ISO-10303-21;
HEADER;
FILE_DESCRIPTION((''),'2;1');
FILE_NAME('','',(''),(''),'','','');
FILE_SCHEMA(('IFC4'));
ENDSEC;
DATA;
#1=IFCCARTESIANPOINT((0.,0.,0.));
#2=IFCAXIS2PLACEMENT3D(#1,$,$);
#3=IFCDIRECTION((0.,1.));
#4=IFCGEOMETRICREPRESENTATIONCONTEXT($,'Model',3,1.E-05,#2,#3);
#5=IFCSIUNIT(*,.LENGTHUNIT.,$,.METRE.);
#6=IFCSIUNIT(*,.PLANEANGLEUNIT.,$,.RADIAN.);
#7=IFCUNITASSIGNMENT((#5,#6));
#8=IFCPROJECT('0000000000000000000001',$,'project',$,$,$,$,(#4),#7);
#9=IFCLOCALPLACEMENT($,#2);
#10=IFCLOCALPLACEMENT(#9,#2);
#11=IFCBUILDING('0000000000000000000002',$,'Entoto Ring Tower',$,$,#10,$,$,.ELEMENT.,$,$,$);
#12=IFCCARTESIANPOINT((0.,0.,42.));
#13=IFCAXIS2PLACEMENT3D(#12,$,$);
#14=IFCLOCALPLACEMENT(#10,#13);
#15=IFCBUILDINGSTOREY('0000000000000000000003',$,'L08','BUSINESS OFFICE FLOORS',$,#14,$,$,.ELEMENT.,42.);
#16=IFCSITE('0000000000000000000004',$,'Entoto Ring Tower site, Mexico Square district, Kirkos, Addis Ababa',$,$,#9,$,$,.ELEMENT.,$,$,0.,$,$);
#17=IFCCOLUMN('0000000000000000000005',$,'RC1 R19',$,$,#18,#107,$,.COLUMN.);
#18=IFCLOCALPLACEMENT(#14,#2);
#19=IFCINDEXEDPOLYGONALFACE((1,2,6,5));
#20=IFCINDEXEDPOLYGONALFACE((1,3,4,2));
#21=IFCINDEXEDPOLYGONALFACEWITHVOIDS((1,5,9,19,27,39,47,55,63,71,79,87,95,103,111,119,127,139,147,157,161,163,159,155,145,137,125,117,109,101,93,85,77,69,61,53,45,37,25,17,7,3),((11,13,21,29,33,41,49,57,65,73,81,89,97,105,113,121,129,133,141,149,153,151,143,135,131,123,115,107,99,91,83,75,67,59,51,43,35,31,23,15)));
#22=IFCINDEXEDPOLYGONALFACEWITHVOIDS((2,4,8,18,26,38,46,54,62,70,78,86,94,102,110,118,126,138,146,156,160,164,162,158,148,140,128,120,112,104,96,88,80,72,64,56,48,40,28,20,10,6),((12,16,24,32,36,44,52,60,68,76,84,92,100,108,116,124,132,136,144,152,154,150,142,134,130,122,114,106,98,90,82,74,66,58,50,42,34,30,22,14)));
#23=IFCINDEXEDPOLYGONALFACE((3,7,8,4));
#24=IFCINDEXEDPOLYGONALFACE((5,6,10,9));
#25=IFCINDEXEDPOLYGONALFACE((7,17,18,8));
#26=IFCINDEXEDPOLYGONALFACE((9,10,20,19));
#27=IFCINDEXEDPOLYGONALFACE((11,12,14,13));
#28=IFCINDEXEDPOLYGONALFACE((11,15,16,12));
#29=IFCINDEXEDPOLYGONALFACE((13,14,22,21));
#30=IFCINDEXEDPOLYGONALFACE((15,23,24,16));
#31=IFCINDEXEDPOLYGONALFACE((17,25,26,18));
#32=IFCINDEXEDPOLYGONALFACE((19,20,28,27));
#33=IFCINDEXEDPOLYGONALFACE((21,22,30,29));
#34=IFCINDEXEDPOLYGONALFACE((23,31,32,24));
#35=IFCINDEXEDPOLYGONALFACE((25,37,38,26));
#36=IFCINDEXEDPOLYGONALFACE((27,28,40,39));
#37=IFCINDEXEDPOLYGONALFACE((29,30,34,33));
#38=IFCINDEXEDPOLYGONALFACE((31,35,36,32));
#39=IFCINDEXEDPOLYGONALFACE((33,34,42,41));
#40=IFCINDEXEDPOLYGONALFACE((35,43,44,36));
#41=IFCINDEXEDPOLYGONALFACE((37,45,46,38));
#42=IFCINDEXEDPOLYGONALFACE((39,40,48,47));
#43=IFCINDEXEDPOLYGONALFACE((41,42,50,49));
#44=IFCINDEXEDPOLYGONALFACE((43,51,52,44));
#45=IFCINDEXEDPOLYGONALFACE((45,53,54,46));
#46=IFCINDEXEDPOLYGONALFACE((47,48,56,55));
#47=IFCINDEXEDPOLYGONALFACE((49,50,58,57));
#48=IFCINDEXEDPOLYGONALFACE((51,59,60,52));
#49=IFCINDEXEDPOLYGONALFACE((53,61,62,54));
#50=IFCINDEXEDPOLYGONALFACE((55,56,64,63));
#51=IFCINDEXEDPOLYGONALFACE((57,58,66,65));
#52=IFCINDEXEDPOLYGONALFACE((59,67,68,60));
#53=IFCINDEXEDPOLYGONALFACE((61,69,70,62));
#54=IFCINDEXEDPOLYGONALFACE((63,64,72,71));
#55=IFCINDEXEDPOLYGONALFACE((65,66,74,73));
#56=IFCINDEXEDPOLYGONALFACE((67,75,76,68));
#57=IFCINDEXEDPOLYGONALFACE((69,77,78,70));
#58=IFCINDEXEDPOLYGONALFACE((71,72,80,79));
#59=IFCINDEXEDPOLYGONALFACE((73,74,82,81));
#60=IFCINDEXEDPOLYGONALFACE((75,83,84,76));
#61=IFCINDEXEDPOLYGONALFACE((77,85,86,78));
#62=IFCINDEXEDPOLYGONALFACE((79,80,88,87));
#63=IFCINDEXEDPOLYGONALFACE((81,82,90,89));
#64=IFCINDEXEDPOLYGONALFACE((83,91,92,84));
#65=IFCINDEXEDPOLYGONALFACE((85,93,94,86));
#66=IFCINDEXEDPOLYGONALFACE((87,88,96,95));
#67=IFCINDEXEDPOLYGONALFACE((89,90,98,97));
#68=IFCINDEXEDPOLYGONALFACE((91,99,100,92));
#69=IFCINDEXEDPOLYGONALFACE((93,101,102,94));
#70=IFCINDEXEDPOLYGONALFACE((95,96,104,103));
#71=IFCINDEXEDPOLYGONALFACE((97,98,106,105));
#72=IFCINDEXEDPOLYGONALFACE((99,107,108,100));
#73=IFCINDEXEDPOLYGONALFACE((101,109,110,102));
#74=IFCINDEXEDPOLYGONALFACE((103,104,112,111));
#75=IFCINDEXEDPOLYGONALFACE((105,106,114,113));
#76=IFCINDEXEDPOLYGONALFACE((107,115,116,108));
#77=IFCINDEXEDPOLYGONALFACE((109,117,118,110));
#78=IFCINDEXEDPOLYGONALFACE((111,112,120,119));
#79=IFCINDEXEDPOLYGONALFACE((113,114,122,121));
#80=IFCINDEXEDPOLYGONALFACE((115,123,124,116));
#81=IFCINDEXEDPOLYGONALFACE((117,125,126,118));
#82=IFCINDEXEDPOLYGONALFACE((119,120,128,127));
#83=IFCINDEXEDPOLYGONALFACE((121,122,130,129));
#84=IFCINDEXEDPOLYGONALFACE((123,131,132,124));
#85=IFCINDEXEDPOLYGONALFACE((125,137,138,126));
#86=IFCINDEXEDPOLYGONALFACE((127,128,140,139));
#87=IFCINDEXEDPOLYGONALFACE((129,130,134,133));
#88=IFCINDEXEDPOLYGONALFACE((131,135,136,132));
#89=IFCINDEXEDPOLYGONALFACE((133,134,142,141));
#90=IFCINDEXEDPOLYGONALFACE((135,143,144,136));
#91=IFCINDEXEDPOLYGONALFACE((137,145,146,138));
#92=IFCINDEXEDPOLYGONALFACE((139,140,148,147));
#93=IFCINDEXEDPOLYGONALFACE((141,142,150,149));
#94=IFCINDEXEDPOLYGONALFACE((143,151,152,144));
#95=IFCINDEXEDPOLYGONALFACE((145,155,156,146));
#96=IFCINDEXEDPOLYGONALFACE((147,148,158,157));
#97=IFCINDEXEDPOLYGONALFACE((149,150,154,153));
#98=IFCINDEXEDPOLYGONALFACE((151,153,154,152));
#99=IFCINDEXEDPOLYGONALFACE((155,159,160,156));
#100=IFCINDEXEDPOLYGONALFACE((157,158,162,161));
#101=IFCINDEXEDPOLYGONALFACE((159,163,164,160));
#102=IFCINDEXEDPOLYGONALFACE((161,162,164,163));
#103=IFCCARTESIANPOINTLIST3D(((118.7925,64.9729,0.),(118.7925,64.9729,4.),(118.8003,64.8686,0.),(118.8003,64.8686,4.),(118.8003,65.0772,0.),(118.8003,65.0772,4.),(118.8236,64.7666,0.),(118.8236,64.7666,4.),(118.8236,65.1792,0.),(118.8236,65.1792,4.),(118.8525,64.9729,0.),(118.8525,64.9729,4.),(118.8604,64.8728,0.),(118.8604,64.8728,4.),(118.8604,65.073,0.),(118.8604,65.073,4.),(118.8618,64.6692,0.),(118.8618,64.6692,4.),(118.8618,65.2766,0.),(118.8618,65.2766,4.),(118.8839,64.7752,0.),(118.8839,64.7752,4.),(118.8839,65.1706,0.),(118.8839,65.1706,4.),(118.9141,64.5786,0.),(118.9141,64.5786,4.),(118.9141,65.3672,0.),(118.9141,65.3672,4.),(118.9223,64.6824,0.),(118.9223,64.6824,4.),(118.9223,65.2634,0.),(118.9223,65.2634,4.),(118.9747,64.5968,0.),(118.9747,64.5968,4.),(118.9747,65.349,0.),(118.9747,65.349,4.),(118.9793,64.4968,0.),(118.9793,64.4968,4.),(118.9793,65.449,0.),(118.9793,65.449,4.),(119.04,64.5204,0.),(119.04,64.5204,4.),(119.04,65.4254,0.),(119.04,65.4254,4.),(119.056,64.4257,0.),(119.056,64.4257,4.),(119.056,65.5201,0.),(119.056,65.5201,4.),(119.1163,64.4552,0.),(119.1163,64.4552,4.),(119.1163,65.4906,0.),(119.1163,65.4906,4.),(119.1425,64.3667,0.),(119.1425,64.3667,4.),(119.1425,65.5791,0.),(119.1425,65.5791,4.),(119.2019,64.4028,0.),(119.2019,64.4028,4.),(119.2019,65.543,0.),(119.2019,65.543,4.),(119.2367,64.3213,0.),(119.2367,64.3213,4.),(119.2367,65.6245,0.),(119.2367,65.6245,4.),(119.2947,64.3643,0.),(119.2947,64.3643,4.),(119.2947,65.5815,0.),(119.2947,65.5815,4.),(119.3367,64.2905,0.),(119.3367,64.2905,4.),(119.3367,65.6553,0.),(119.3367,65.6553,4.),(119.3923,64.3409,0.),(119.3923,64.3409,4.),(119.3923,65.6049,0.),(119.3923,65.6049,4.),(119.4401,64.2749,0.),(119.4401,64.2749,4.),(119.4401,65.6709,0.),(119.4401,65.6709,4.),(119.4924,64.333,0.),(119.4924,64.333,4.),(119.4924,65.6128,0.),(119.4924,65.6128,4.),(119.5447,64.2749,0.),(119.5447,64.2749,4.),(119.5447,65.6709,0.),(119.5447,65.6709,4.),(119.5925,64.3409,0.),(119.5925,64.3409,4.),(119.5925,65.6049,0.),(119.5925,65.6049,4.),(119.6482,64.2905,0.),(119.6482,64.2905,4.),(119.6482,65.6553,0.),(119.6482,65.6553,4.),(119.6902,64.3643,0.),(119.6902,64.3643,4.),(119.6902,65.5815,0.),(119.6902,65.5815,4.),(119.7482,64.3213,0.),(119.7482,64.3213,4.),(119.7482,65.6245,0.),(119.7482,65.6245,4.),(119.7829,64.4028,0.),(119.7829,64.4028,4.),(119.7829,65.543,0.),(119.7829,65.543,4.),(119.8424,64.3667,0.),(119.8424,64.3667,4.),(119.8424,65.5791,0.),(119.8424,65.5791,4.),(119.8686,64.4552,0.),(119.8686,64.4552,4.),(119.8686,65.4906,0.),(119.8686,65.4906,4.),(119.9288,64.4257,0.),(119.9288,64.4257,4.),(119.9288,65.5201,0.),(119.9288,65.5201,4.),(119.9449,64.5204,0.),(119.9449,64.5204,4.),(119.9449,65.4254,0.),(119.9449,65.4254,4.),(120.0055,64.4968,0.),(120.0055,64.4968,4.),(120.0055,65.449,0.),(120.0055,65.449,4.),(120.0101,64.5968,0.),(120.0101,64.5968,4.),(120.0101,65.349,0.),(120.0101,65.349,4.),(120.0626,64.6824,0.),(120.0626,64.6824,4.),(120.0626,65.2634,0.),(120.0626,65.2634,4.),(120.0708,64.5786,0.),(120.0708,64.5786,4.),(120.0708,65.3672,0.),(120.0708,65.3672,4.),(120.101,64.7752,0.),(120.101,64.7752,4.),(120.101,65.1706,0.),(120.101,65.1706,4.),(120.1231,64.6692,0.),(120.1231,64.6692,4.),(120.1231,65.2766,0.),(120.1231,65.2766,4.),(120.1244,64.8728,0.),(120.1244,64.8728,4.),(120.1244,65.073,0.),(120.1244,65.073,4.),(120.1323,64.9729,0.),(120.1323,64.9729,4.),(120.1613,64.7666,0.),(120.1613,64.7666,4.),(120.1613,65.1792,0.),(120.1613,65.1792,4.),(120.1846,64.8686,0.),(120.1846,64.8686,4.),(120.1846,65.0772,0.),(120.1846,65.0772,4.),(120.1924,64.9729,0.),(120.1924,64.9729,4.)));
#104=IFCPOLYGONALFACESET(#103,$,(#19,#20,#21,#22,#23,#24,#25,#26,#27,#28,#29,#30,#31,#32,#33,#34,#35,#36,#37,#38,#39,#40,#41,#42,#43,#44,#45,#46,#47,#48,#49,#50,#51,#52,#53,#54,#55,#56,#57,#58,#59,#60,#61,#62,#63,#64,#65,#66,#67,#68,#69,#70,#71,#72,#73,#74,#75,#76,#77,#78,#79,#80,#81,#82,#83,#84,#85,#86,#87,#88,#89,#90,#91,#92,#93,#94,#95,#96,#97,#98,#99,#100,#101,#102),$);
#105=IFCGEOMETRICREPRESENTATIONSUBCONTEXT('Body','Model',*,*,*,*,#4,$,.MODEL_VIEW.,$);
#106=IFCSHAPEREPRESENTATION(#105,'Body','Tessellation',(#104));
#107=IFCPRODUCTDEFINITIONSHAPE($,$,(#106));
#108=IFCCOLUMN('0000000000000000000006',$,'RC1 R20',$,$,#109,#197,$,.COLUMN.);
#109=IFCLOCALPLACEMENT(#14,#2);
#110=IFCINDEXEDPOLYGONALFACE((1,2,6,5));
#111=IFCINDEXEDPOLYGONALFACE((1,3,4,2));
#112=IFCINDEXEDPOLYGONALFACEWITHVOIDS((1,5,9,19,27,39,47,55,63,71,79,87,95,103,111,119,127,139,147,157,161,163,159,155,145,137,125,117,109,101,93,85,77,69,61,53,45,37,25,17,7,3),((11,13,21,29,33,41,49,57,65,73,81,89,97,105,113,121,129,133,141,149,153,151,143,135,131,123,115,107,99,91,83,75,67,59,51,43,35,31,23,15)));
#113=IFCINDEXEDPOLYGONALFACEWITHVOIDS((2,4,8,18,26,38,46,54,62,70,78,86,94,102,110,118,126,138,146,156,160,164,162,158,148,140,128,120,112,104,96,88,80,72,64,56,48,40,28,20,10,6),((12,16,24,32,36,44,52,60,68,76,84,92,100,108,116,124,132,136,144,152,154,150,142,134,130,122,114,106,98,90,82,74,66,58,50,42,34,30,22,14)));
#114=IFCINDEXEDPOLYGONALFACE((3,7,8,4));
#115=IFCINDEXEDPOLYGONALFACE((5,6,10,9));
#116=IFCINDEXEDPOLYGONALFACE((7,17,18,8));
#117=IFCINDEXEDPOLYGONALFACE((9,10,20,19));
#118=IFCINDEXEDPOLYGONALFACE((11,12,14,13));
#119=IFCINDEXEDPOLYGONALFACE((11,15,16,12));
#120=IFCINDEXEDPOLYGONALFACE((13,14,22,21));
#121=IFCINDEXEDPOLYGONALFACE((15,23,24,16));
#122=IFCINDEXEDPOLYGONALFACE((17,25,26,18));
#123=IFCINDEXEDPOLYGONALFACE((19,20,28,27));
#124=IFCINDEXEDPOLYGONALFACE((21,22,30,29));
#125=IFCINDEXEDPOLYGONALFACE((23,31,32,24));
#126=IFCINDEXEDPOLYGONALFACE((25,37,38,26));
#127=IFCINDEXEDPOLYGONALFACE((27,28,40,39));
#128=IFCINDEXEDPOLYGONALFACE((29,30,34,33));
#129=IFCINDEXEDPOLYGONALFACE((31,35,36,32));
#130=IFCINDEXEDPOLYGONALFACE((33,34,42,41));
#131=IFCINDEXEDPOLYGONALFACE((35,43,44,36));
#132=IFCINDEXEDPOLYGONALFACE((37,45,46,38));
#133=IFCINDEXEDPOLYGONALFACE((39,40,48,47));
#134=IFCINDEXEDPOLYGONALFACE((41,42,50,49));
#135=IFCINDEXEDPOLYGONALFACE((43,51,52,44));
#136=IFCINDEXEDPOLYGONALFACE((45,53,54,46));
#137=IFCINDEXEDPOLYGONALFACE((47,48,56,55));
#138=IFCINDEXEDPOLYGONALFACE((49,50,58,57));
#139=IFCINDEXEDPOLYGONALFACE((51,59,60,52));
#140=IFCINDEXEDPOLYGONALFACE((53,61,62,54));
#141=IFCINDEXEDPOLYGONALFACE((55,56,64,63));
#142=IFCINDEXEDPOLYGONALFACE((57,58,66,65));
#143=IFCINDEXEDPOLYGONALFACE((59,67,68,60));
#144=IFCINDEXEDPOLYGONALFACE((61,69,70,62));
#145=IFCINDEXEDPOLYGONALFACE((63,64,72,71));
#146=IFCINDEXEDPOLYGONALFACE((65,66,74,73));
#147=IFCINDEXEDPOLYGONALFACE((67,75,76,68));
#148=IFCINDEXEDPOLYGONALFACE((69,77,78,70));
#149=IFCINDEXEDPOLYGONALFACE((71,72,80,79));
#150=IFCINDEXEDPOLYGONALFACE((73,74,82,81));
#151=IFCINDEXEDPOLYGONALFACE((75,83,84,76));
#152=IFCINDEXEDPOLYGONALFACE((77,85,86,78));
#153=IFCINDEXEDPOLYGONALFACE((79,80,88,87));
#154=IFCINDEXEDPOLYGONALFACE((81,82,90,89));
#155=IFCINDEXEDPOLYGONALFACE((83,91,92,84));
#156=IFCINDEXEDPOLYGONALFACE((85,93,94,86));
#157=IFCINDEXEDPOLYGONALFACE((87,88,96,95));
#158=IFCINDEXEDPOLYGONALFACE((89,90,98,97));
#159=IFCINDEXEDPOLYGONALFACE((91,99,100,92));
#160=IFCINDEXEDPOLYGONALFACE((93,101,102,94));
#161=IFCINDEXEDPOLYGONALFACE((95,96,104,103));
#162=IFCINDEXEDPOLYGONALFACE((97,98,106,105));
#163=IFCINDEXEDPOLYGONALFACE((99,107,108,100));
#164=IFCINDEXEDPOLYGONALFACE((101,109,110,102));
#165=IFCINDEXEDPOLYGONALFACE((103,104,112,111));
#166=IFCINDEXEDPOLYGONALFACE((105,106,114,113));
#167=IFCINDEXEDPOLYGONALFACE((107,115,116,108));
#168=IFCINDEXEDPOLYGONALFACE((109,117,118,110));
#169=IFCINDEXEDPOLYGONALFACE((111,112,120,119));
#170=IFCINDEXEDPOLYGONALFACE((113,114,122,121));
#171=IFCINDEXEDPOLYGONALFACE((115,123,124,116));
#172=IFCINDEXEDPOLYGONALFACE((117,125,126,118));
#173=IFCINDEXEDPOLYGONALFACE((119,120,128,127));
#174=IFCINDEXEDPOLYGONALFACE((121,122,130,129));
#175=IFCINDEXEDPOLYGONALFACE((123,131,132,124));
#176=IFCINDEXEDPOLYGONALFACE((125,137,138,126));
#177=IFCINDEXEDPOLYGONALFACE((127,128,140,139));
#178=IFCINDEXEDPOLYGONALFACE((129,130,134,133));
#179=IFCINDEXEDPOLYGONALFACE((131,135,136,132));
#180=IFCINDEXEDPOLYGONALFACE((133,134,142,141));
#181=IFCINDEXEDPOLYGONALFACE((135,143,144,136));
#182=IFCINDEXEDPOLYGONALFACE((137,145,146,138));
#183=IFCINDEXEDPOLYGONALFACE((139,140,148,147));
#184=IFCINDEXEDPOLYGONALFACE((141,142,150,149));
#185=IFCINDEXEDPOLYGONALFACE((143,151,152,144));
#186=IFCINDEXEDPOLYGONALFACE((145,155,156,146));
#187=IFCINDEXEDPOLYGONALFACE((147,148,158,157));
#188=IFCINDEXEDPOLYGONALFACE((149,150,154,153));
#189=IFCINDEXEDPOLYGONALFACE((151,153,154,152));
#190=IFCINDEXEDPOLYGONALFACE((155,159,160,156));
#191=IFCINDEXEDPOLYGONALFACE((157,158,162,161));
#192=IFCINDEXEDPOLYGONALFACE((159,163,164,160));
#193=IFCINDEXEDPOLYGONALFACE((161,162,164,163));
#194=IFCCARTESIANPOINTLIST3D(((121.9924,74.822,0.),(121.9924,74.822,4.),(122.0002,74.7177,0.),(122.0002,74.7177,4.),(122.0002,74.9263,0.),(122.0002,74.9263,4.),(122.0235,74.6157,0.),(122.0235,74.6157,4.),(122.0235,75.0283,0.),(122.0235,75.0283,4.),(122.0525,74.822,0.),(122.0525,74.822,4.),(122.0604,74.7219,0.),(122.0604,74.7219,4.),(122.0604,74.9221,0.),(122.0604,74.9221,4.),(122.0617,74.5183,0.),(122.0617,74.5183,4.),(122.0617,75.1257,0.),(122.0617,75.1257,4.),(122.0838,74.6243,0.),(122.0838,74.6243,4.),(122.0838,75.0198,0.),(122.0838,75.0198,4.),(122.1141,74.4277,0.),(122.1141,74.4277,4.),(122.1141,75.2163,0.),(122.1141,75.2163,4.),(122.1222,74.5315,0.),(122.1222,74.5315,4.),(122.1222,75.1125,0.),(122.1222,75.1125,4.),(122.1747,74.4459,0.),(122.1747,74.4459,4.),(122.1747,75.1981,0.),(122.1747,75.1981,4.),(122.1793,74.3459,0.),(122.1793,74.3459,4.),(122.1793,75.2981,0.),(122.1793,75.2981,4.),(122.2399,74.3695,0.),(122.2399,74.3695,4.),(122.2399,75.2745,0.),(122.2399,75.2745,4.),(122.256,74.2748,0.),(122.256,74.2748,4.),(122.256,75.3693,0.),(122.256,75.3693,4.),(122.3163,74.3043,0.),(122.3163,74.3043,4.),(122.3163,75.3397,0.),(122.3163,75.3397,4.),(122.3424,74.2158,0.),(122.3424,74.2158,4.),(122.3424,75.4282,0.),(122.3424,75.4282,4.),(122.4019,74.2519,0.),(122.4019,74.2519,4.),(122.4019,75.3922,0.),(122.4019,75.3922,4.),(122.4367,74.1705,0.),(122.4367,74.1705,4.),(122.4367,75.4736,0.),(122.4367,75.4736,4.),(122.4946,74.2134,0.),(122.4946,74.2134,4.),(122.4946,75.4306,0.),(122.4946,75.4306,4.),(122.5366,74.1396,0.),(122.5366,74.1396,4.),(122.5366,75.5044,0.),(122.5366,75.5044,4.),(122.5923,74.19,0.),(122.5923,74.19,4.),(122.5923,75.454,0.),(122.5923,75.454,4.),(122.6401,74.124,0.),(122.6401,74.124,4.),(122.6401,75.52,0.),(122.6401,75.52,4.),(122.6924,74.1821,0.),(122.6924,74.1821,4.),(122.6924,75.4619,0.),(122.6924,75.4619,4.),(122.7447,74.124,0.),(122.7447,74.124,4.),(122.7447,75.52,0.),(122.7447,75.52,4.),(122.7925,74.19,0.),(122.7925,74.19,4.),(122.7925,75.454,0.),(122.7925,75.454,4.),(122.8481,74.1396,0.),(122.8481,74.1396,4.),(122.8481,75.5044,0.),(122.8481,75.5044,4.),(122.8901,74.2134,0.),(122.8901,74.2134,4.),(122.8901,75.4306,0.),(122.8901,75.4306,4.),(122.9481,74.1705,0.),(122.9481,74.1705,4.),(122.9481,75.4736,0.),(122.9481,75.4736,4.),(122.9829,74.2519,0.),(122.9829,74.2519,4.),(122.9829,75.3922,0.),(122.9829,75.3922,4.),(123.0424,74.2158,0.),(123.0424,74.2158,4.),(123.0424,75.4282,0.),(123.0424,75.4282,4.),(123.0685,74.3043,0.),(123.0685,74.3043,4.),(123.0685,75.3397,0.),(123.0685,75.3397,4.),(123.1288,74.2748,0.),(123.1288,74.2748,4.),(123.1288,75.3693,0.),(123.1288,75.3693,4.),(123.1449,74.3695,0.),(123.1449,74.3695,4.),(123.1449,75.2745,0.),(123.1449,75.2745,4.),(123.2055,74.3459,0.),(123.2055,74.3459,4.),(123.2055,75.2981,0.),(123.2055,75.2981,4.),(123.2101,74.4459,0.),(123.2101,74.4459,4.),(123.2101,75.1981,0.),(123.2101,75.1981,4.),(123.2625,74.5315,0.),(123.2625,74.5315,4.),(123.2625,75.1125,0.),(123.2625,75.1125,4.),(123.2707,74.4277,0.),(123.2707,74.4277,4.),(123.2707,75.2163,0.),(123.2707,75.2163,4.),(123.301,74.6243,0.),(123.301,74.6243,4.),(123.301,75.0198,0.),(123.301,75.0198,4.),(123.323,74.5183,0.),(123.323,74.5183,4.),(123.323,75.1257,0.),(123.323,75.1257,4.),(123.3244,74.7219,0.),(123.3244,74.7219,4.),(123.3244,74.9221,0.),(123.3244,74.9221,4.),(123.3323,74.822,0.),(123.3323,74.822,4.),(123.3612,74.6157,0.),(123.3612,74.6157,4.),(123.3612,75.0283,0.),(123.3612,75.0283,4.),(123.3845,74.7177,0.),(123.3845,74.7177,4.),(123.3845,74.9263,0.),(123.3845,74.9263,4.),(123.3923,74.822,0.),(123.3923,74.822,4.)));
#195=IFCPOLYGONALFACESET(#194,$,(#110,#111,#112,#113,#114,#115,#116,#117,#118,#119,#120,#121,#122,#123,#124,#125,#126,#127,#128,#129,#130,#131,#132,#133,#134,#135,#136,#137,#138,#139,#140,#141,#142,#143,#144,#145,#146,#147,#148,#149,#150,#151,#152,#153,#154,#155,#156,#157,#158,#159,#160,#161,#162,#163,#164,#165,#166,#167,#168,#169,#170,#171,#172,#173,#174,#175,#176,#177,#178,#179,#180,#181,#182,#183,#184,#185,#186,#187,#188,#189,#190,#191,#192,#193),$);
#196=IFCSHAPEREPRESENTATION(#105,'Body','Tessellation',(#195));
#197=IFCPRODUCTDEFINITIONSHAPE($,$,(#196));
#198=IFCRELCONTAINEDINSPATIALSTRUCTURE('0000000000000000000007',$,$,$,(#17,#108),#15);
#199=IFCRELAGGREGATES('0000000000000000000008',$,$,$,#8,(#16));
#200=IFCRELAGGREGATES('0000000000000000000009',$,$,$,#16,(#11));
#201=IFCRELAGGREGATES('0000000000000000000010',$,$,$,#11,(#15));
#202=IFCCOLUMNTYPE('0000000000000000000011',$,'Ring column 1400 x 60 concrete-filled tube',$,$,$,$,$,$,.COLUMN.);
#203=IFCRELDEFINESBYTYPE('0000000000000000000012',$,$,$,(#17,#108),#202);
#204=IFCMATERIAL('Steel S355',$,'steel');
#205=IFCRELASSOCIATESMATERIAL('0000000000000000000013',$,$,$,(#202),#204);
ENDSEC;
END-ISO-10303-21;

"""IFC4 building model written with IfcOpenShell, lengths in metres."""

from ifc_helpers import new_model, si_unit, direction, frame, origin, origin_2d, place, context, subcontext, project, spatial, circle, hollow_circle, extrude, material, material_profile, profile_set, type_object, element, save


model = new_model("IFC4")

# Units and contexts
model_context = context("Model", 3, precision=1e-05, world=origin(), true_north=direction((0.0, 1.0)))
body_context = subcontext(model_context, "Body", "Model", "MODEL_VIEW")
ifc_project = project(units=[si_unit("LENGTHUNIT", "METRE"), si_unit("PLANEANGLEUNIT", "RADIAN")], contexts=[model_context])

# Site, building, storey
site_placement = place(None, origin())
site = spatial("IfcSite", under=ifc_project, at=site_placement, Name="Entoto Ring Tower site, Mexico Square district, Kirkos, Addis Ababa", CompositionType="ELEMENT", RefElevation=0.0)
building_placement = place(site_placement, origin())
building = spatial("IfcBuilding", under=site, at=building_placement, Name="Entoto Ring Tower", CompositionType="ELEMENT")
storey_placement = place(building_placement, frame((0.0, 0.0, 42.0)))
storey = spatial("IfcBuildingStorey", under=building, at=storey_placement, Name="L08", Description="BUSINESS OFFICE FLOORS", CompositionType="ELEMENT", Elevation=42.0)

# Columns
ifc_material_1 = material(Name="Steel S355", Category="steel")
ifc_material_profile_1 = material_profile(ifc_material_1, hollow_circle(Radius=0.7, WallThickness=0.0601, at=origin_2d()), Name="CHS 1400 x 60")
ifc_material_2 = material(Name="Concrete C60/75", Category="concrete")
ifc_material_profile_2 = material_profile(ifc_material_2, circle(Radius=0.6399, at=origin_2d()), Name="Concrete C60/75 infill")
ifc_profile_set_1 = profile_set([ifc_material_profile_1, ifc_material_profile_2], Name="Steel S355")
column_type = type_object("IfcColumnType", Name="Ring column 1400 x 60 concrete-filled tube", PredefinedType="COLUMN", material=ifc_profile_set_1)
for number, where, z_axis, x_axis, name in (
    (1, (119.4924, 64.9729, 0.0), (0.0, 0.0, 1.0), (1.0, 0.0, 0.0), "RC1 R19"),
    (2, (122.6924, 74.822, 0.0), (0.0, 0.0, 1.0), (1.0, 0.0, 0.0), "RC1 R20"),
):
    element("IfcColumn", number, at=place(storey_placement, frame(where, z_axis=z_axis, x_axis=x_axis)), inside=storey, type_object=column_type, Name=name, PredefinedType="COLUMN", context=body_context, shape_type="SweptSolid", body=[
        extrude(hollow_circle(Radius=0.7, WallThickness=0.0601, at=origin_2d()), origin(), (0.0, 0.0, 1.0), 4.0),
    ])

save(model, "model.ifc")
